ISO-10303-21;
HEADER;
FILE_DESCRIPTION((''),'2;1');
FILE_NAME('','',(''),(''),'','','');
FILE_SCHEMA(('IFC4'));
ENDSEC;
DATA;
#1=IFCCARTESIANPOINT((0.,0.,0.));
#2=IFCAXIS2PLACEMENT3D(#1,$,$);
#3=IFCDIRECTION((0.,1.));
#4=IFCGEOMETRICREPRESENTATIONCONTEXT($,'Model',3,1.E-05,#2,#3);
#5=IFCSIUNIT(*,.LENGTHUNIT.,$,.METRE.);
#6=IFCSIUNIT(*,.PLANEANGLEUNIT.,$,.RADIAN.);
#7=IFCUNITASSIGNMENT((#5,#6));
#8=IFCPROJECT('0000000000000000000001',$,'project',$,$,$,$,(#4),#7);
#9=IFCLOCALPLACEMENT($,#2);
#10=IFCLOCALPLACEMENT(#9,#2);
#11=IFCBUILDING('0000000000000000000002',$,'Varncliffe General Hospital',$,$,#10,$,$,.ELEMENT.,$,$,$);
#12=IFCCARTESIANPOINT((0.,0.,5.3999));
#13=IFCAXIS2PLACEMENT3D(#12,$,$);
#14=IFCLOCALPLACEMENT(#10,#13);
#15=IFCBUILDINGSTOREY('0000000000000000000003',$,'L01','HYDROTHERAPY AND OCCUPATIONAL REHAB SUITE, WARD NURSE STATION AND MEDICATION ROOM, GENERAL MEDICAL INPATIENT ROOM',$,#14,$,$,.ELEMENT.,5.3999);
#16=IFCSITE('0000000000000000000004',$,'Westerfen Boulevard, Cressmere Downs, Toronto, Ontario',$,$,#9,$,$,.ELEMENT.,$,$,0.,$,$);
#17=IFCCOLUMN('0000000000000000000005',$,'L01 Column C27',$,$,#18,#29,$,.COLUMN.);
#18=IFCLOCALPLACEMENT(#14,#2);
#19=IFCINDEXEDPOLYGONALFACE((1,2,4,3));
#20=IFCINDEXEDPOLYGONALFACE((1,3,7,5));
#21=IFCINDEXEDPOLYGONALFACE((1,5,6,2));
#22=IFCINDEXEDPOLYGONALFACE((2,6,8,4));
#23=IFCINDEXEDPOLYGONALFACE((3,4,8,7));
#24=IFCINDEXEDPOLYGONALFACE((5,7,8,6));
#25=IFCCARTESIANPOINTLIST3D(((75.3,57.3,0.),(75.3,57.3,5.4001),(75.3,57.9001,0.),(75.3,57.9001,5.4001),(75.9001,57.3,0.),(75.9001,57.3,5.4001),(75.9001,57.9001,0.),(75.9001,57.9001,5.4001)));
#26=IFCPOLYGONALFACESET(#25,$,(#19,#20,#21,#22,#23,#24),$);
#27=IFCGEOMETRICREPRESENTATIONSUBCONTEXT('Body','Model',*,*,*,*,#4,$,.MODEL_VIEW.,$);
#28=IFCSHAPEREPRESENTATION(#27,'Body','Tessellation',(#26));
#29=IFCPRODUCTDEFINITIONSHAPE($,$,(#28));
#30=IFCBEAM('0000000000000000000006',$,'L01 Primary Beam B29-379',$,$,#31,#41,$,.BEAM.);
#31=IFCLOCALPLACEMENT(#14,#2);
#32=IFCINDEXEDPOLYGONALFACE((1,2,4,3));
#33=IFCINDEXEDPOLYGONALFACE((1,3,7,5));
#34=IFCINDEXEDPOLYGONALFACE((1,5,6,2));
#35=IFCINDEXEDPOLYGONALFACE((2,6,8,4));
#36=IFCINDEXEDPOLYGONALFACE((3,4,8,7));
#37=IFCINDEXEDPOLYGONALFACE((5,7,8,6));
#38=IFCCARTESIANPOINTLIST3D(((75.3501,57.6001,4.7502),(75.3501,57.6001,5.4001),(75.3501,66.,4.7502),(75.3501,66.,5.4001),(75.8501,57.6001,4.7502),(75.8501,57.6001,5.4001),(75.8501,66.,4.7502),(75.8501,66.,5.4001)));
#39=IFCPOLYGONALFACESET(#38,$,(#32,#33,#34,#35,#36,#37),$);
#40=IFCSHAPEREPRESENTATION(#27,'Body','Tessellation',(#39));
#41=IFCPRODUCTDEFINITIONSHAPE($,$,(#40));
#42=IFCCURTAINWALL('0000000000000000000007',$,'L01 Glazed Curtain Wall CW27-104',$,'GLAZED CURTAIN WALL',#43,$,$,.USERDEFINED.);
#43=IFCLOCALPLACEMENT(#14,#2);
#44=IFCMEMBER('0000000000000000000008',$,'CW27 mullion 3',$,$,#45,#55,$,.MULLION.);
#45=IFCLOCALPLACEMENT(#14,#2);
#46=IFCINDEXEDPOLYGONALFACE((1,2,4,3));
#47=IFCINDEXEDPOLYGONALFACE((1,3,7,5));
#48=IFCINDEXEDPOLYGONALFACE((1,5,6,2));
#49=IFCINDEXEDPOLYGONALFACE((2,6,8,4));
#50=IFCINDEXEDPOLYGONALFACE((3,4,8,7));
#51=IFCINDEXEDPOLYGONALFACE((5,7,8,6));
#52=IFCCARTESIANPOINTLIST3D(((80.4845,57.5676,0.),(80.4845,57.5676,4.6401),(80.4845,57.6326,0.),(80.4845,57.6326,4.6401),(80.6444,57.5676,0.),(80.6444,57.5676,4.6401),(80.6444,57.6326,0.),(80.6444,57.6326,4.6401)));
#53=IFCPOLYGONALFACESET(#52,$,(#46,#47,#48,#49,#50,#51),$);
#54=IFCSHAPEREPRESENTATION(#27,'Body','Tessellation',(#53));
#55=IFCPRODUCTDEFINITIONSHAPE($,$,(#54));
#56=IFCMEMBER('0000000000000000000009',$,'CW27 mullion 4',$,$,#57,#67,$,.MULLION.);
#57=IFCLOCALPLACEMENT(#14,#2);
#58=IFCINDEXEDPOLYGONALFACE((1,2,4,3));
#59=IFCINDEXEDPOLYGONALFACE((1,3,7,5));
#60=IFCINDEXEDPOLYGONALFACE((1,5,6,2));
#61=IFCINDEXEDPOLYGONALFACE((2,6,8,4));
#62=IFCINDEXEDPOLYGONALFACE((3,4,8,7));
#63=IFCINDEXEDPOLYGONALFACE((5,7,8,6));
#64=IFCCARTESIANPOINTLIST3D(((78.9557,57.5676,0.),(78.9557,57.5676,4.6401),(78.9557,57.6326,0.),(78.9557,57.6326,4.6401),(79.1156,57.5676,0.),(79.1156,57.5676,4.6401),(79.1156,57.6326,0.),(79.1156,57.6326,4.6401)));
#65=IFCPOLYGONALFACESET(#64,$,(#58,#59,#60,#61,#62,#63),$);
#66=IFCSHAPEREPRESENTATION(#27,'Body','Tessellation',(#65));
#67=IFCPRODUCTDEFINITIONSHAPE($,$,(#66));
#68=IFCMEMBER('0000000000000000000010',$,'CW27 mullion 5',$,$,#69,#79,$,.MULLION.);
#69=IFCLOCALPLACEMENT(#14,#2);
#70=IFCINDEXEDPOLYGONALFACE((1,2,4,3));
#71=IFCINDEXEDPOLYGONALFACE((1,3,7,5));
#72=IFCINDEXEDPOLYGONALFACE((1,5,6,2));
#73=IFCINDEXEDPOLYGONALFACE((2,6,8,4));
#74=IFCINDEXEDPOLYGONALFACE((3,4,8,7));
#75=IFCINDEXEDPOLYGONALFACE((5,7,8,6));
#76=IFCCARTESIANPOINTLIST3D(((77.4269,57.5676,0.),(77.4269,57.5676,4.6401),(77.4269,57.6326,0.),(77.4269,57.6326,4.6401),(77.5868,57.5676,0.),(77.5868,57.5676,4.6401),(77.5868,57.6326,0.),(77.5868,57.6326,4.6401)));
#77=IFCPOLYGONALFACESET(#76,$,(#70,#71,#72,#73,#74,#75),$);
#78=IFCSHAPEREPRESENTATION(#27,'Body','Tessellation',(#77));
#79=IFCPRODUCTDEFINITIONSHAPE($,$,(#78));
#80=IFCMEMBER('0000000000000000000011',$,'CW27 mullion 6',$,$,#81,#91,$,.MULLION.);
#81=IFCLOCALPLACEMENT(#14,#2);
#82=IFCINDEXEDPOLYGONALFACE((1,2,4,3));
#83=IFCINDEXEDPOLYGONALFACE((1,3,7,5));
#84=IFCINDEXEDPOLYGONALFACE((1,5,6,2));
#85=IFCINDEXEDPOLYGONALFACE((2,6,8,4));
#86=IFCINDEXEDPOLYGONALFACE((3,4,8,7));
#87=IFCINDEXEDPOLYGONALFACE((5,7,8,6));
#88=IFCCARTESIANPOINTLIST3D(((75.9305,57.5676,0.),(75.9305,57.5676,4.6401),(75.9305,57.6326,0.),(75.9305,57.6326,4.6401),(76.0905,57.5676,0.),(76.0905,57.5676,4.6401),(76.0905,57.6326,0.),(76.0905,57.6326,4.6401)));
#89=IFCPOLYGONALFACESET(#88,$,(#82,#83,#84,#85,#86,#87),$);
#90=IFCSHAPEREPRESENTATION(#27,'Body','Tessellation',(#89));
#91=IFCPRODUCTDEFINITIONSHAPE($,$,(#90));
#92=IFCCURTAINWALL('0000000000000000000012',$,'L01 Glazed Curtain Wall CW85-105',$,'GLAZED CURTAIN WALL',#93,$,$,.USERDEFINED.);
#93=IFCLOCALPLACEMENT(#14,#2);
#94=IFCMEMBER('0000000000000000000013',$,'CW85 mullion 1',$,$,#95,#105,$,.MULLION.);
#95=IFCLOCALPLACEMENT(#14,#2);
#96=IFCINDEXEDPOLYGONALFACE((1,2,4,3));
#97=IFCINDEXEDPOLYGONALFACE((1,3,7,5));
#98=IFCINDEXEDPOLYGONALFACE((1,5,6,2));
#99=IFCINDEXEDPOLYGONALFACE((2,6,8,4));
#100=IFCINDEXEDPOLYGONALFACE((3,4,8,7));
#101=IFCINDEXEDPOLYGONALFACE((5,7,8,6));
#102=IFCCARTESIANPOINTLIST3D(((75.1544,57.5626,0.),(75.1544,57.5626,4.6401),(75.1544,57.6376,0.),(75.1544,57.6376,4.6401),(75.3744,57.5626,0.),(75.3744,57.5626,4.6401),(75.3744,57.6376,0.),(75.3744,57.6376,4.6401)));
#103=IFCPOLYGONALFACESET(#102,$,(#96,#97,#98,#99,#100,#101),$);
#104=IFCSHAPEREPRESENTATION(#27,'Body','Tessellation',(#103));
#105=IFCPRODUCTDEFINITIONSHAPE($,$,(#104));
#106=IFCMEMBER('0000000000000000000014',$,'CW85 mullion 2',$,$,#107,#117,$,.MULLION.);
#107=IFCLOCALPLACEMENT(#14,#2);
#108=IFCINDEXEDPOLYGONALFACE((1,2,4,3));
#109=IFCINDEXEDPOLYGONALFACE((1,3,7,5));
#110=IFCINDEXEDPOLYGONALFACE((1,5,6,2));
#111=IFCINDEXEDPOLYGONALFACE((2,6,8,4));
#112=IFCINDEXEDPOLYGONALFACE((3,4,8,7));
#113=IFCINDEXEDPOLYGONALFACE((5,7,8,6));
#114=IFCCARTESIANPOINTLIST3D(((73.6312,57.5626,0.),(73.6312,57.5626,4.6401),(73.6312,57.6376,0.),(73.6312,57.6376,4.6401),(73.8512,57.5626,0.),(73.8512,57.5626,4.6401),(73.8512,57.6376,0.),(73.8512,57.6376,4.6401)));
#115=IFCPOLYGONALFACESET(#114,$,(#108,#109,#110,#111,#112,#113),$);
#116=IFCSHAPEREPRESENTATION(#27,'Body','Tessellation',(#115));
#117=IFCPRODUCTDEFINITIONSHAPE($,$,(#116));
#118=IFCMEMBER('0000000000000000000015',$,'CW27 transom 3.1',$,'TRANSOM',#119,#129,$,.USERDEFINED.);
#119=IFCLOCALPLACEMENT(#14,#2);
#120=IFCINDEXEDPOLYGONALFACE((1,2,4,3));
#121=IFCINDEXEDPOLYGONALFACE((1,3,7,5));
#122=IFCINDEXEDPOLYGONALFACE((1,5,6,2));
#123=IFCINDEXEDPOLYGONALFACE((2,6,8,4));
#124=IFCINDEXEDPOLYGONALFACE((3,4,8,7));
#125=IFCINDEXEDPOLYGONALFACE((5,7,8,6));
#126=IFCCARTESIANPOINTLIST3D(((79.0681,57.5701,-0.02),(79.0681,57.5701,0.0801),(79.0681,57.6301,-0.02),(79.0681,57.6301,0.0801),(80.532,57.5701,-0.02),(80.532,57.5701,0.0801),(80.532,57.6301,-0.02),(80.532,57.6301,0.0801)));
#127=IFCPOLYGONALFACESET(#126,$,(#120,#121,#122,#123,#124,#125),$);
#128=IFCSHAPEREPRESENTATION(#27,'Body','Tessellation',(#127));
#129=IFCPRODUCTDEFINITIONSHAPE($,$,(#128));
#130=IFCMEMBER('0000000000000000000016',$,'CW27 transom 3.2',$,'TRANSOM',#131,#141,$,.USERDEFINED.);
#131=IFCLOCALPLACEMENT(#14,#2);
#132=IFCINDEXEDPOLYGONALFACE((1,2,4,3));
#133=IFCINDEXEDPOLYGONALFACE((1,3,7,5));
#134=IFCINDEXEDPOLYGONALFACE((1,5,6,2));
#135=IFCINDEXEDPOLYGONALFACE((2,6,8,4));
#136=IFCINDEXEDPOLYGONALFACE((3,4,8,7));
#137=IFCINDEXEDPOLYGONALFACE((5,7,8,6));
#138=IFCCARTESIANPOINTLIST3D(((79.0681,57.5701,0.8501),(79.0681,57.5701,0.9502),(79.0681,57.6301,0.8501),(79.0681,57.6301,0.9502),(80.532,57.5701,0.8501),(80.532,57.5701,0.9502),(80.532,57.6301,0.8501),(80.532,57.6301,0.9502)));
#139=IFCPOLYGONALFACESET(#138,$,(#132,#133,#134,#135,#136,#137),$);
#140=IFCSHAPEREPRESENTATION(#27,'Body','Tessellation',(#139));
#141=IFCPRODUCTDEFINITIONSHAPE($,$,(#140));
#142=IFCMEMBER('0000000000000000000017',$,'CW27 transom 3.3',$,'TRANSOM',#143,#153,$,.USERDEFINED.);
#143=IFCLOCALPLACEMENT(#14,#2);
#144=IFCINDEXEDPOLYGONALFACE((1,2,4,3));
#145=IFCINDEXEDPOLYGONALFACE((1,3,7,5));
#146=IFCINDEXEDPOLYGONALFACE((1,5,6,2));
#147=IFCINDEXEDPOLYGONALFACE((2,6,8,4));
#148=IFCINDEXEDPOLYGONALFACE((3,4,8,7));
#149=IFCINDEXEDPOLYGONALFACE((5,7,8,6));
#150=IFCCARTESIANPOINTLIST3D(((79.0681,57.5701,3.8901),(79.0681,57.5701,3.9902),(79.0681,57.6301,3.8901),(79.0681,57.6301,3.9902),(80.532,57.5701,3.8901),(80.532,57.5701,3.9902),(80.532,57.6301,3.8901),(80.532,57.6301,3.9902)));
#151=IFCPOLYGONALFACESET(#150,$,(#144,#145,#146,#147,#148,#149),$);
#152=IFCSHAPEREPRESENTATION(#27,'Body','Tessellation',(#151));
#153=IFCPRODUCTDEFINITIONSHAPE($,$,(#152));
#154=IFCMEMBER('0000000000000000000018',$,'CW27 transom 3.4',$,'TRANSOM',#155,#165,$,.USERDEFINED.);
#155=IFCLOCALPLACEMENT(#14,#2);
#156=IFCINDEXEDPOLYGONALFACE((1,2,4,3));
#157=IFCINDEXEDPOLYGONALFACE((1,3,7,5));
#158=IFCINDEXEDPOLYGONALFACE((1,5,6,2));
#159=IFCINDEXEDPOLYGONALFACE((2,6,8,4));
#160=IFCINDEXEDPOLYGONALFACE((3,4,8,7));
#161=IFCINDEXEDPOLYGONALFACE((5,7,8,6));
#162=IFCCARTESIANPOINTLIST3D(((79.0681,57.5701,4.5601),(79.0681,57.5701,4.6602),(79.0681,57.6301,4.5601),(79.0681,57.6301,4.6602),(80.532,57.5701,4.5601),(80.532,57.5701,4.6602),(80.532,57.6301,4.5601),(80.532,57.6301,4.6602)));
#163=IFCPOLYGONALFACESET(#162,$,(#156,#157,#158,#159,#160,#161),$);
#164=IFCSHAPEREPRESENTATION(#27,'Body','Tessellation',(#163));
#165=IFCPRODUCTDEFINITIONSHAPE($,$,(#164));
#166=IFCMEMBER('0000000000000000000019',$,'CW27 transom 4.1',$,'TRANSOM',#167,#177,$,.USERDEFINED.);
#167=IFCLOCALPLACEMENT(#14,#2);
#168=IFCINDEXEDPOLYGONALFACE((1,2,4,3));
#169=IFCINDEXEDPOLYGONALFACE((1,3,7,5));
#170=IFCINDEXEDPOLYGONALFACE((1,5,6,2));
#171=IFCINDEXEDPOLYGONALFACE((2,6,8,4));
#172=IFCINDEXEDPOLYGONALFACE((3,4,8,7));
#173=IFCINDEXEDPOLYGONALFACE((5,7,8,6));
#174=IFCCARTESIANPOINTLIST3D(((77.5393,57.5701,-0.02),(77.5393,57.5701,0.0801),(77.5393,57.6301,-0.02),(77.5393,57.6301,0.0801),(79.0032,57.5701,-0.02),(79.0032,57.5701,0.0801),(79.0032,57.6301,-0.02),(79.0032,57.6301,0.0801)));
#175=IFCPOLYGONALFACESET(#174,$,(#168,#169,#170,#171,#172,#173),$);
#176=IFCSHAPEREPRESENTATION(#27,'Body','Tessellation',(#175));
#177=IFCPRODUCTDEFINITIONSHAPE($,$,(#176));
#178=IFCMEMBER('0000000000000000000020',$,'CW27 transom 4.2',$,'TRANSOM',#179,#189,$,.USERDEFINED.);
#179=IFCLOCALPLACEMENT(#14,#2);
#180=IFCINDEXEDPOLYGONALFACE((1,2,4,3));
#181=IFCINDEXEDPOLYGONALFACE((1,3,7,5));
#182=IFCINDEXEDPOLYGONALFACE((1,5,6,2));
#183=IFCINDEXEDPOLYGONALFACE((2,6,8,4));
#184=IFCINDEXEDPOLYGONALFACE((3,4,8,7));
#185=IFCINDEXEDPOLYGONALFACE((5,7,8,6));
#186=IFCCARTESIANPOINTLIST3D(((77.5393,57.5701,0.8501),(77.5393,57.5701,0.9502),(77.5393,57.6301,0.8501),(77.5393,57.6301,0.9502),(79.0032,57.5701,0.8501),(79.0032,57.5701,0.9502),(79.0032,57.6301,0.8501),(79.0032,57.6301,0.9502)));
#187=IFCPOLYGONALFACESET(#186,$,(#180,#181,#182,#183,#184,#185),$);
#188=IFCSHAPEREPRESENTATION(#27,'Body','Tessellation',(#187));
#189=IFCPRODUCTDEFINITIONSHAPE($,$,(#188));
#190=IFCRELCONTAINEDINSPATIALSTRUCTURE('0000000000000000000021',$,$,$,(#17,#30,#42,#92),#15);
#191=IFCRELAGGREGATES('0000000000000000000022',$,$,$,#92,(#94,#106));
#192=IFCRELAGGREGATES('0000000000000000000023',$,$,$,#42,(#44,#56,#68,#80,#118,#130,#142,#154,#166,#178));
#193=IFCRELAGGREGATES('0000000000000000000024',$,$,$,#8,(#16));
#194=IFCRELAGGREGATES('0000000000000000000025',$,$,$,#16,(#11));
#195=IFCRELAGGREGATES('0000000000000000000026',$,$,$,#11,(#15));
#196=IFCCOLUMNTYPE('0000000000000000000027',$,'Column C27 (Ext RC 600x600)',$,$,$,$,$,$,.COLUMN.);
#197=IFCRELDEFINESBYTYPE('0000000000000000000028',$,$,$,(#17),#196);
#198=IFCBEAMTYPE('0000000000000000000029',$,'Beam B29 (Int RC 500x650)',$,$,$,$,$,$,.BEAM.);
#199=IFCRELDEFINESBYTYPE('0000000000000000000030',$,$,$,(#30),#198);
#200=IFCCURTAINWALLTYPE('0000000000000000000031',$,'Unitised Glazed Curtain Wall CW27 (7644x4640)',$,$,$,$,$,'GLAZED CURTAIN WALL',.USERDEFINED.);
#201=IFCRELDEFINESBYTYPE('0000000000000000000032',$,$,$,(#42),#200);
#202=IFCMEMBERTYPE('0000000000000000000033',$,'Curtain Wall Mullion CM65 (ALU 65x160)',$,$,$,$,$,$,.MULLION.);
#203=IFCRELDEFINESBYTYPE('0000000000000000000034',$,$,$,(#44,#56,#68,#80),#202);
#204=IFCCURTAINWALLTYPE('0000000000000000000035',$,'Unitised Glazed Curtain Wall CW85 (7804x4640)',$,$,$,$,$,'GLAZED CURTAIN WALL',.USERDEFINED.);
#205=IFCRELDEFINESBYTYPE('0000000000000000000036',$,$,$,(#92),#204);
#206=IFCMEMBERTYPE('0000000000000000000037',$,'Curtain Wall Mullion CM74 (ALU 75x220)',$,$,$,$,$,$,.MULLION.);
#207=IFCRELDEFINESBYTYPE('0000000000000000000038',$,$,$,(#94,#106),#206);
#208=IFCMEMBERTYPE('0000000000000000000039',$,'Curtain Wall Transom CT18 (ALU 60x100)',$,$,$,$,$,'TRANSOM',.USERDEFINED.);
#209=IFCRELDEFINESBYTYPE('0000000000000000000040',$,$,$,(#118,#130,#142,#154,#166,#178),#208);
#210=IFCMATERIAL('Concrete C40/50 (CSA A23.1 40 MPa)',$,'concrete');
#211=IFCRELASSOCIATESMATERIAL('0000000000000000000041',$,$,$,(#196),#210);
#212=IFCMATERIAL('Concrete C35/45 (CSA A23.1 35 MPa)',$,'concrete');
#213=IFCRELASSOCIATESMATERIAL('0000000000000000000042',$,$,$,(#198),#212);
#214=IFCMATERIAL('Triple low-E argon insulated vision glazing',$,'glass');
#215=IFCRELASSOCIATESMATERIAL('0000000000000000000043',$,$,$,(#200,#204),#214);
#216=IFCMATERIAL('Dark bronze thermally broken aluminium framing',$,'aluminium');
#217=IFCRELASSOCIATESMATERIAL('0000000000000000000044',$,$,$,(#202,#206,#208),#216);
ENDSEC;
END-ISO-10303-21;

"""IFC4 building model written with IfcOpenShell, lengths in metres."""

from ifc_helpers import new_model, si_unit, direction, frame, origin, origin_2d, place, context, subcontext, project, spatial, rectangle, extrude, material, material_profile, profile_set, type_object, element, aggregate, save


model = new_model("IFC4")

# Units and contexts
model_context = context("Model", 3, precision=1e-05, world=origin(), true_north=direction((0.0, 1.0)))
body_context = subcontext(model_context, "Body", "Model", "MODEL_VIEW")
ifc_project = project(units=[si_unit("LENGTHUNIT", "METRE"), si_unit("PLANEANGLEUNIT", "RADIAN")], contexts=[model_context])

# Site, building, storey
site_placement = place(None, origin())
site = spatial("IfcSite", under=ifc_project, at=site_placement, Name="Westerfen Boulevard, Cressmere Downs, Toronto, Ontario", CompositionType="ELEMENT", RefElevation=0.0)
building_placement = place(site_placement, origin())
building = spatial("IfcBuilding", under=site, at=building_placement, Name="Varncliffe General Hospital", CompositionType="ELEMENT")
storey_placement = place(building_placement, frame((0.0, 0.0, 5.3999)))
storey = spatial("IfcBuildingStorey", under=building, at=storey_placement, Name="L01", Description="HYDROTHERAPY AND OCCUPATIONAL REHAB SUITE, WARD NURSE STATION AND MEDICATION ROOM, GENERAL MEDICAL INPATIENT ROOM", CompositionType="ELEMENT", Elevation=5.3999)

# Column
ifc_material_1 = material(Name="Concrete C40/50 (CSA A23.1 40 MPa)", Category="concrete")
ifc_material_profile_1 = material_profile(ifc_material_1, rectangle(XDim=0.6001, YDim=0.6001, at=origin_2d()), Name="RC 600x600")
ifc_profile_set_1 = profile_set([ifc_material_profile_1], Name="Concrete C40/50 (CSA A23.1 40 MPa)")
column_type = type_object("IfcColumnType", Name="Column C27 (Ext RC 600x600)", PredefinedType="COLUMN", material=ifc_profile_set_1)
column_placement = place(storey_placement, frame((75.6001, 57.6001, 0.0), z_axis=(0.0, 0.0, 1.0), x_axis=(1.0, 0.0, 0.0)))
element("IfcColumn", 1, at=column_placement, inside=storey, type_object=column_type, Name="L01 Column C27", PredefinedType="COLUMN", context=body_context, shape_type="SweptSolid", body=[
    extrude(rectangle(XDim=0.6001, YDim=0.6001, at=origin_2d()), origin(), (0.0, 0.0, 1.0), 5.4001),
])

# Beam
ifc_material_2 = material(Name="Concrete C35/45 (CSA A23.1 35 MPa)", Category="concrete")
ifc_material_profile_2 = material_profile(ifc_material_2, rectangle(XDim=0.5, YDim=0.6499, at=origin_2d()), Name="RC 500x650")
ifc_profile_set_2 = profile_set([ifc_material_profile_2], Name="Concrete C35/45 (CSA A23.1 35 MPa)")
beam_type_1 = type_object("IfcBeamType", Name="Beam B29 (Int RC 500x650)", PredefinedType="BEAM", material=ifc_profile_set_2)
beam_1_placement = place(storey_placement, frame((75.6001, 57.6001, 5.0752), z_axis=(0.0, 1.0, 0.0), x_axis=(-1.0, 0.0, 0.0)))
element("IfcBeam", 2, at=beam_1_placement, inside=storey, type_object=beam_type_1, Name="L01 Primary Beam B29-379", PredefinedType="BEAM", context=body_context, shape_type="SweptSolid", body=[
    extrude(rectangle(XDim=0.5, YDim=0.6499, at=origin_2d()), origin(), (0.0, 0.0, 1.0), 8.3999),
])

# Curtain walls, members
ifc_material_3 = material(Name="Triple low-E argon insulated vision glazing", Category="glass")
curtain_wall_type_1 = type_object("IfcCurtainWallType", Name="Unitised Glazed Curtain Wall CW27 (7644x4640)", ElementType="GLAZED CURTAIN WALL", PredefinedType="USERDEFINED", material=ifc_material_3)
curtain_wall_1_placement = place(storey_placement, origin())
curtain_wall_1 = element("IfcCurtainWall", 3, at=curtain_wall_1_placement, inside=storey, type_object=curtain_wall_type_1, Name="L01 Glazed Curtain Wall CW27-104", ObjectType="GLAZED CURTAIN WALL", PredefinedType="USERDEFINED")
ifc_material_4 = material(Name="Dark bronze thermally broken aluminium framing", Category="aluminium")
ifc_material_profile_3 = material_profile(ifc_material_4, rectangle(XDim=0.0649, YDim=0.1599, at=origin_2d()), Name="ALU 65x160")
ifc_profile_set_3 = profile_set([ifc_material_profile_3], Name="Dark bronze thermally broken aluminium framing")
member_type_1 = type_object("IfcMemberType", Name="Curtain Wall Mullion CM65 (ALU 65x160)", PredefinedType="MULLION", material=ifc_profile_set_3)
member_1_placement = place(storey_placement, frame((80.5645, 57.6001, 0.0), z_axis=(0.0, 0.0, 1.0), x_axis=(0.0, -1.0, 0.0)))
member_1 = element("IfcMember", 4, at=member_1_placement, type_object=member_type_1, Name="CW27 mullion 3", PredefinedType="MULLION", context=body_context, shape_type="SweptSolid", body=[
    extrude(rectangle(XDim=0.0649, YDim=0.1599, at=origin_2d()), origin(), (0.0, 0.0, 1.0), 4.6401),
])
member_2_placement = place(storey_placement, frame((79.0356, 57.6001, 0.0), z_axis=(0.0, 0.0, 1.0), x_axis=(0.0, -1.0, 0.0)))
member_2 = element("IfcMember", 5, at=member_2_placement, type_object=member_type_1, Name="CW27 mullion 4", PredefinedType="MULLION", context=body_context, shape_type="SweptSolid", body=[
    extrude(rectangle(XDim=0.0649, YDim=0.1599, at=origin_2d()), origin(), (0.0, 0.0, 1.0), 4.6401),
])
member_3_placement = place(storey_placement, frame((77.5068, 57.6001, 0.0), z_axis=(0.0, 0.0, 1.0), x_axis=(0.0, -1.0, 0.0)))
member_3 = element("IfcMember", 6, at=member_3_placement, type_object=member_type_1, Name="CW27 mullion 5", PredefinedType="MULLION", context=body_context, shape_type="SweptSolid", body=[
    extrude(rectangle(XDim=0.0649, YDim=0.1599, at=origin_2d()), origin(), (0.0, 0.0, 1.0), 4.6401),
])
member_4_placement = place(storey_placement, frame((76.0105, 57.6001, 0.0), z_axis=(0.0, 0.0, 1.0), x_axis=(0.0, -1.0, 0.0)))
member_4 = element("IfcMember", 7, at=member_4_placement, type_object=member_type_1, Name="CW27 mullion 6", PredefinedType="MULLION", context=body_context, shape_type="SweptSolid", body=[
    extrude(rectangle(XDim=0.0649, YDim=0.1599, at=origin_2d()), origin(), (0.0, 0.0, 1.0), 4.6401),
])
curtain_wall_type_2 = type_object("IfcCurtainWallType", Name="Unitised Glazed Curtain Wall CW85 (7804x4640)", ElementType="GLAZED CURTAIN WALL", PredefinedType="USERDEFINED", material=ifc_material_3)
curtain_wall_2_placement = place(storey_placement, origin())
curtain_wall_2 = element("IfcCurtainWall", 8, at=curtain_wall_2_placement, inside=storey, type_object=curtain_wall_type_2, Name="L01 Glazed Curtain Wall CW85-105", ObjectType="GLAZED CURTAIN WALL", PredefinedType="USERDEFINED")
ifc_material_profile_4 = material_profile(ifc_material_4, rectangle(XDim=0.075, YDim=0.22, at=origin_2d()), Name="ALU 75x220")
ifc_profile_set_4 = profile_set([ifc_material_profile_4], Name="Dark bronze thermally broken aluminium framing")
member_type_2 = type_object("IfcMemberType", Name="Curtain Wall Mullion CM74 (ALU 75x220)", PredefinedType="MULLION", material=ifc_profile_set_4)
member_5_placement = place(storey_placement, frame((75.2644, 57.6001, 0.0), z_axis=(0.0, 0.0, 1.0), x_axis=(0.0, -1.0, 0.0)))
member_5 = element("IfcMember", 9, at=member_5_placement, type_object=member_type_2, Name="CW85 mullion 1", PredefinedType="MULLION", context=body_context, shape_type="SweptSolid", body=[
    extrude(rectangle(XDim=0.075, YDim=0.22, at=origin_2d()), origin(), (0.0, 0.0, 1.0), 4.6401),
])
member_6_placement = place(storey_placement, frame((73.7412, 57.6001, 0.0), z_axis=(0.0, 0.0, 1.0), x_axis=(0.0, -1.0, 0.0)))
member_6 = element("IfcMember", 10, at=member_6_placement, type_object=member_type_2, Name="CW85 mullion 2", PredefinedType="MULLION", context=body_context, shape_type="SweptSolid", body=[
    extrude(rectangle(XDim=0.075, YDim=0.22, at=origin_2d()), origin(), (0.0, 0.0, 1.0), 4.6401),
])

# Members
ifc_material_profile_5 = material_profile(ifc_material_4, rectangle(XDim=0.0601, YDim=0.1001, at=origin_2d()), Name="ALU 60x100")
ifc_profile_set_5 = profile_set([ifc_material_profile_5], Name="Dark bronze thermally broken aluminium framing")
member_type_3 = type_object("IfcMemberType", Name="Curtain Wall Transom CT18 (ALU 60x100)", ElementType="TRANSOM", PredefinedType="USERDEFINED", material=ifc_profile_set_5)
member_7_placement = place(storey_placement, frame((80.532, 57.6001, 0.03), z_axis=(-1.0, 0.0, 0.0), x_axis=(0.0, -1.0, 0.0)))
member_7 = element("IfcMember", 11, at=member_7_placement, type_object=member_type_3, Name="CW27 transom 3.1", ObjectType="TRANSOM", PredefinedType="USERDEFINED", context=body_context, shape_type="SweptSolid", body=[
    extrude(rectangle(XDim=0.0601, YDim=0.1001, at=origin_2d()), origin(), (0.0, 0.0, 1.0), 1.4639),
])
member_8_placement = place(storey_placement, frame((80.532, 57.6001, 0.9001), z_axis=(-1.0, 0.0, 0.0), x_axis=(0.0, -1.0, 0.0)))
member_8 = element("IfcMember", 12, at=member_8_placement, type_object=member_type_3, Name="CW27 transom 3.2", ObjectType="TRANSOM", PredefinedType="USERDEFINED", context=body_context, shape_type="SweptSolid", body=[
    extrude(rectangle(XDim=0.0601, YDim=0.1001, at=origin_2d()), origin(), (0.0, 0.0, 1.0), 1.4639),
])
member_9_placement = place(storey_placement, frame((80.532, 57.6001, 3.9402), z_axis=(-1.0, 0.0, 0.0), x_axis=(0.0, -1.0, 0.0)))
member_9 = element("IfcMember", 13, at=member_9_placement, type_object=member_type_3, Name="CW27 transom 3.3", ObjectType="TRANSOM", PredefinedType="USERDEFINED", context=body_context, shape_type="SweptSolid", body=[
    extrude(rectangle(XDim=0.0601, YDim=0.1001, at=origin_2d()), origin(), (0.0, 0.0, 1.0), 1.4639),
])
member_10_placement = place(storey_placement, frame((80.532, 57.6001, 4.6101), z_axis=(-1.0, 0.0, 0.0), x_axis=(0.0, -1.0, 0.0)))
member_10 = element("IfcMember", 14, at=member_10_placement, type_object=member_type_3, Name="CW27 transom 3.4", ObjectType="TRANSOM", PredefinedType="USERDEFINED", context=body_context, shape_type="SweptSolid", body=[
    extrude(rectangle(XDim=0.0601, YDim=0.1001, at=origin_2d()), origin(), (0.0, 0.0, 1.0), 1.4639),
])
member_11_placement = place(storey_placement, frame((79.0032, 57.6001, 0.03), z_axis=(-1.0, 0.0, 0.0), x_axis=(0.0, -1.0, 0.0)))
member_11 = element("IfcMember", 15, at=member_11_placement, type_object=member_type_3, Name="CW27 transom 4.1", ObjectType="TRANSOM", PredefinedType="USERDEFINED", context=body_context, shape_type="SweptSolid", body=[
    extrude(rectangle(XDim=0.0601, YDim=0.1001, at=origin_2d()), origin(), (0.0, 0.0, 1.0), 1.4639),
])
member_12_placement = place(storey_placement, frame((79.0032, 57.6001, 0.9001), z_axis=(-1.0, 0.0, 0.0), x_axis=(0.0, -1.0, 0.0)))
member_12 = element("IfcMember", 16, at=member_12_placement, type_object=member_type_3, Name="CW27 transom 4.2", ObjectType="TRANSOM", PredefinedType="USERDEFINED", context=body_context, shape_type="SweptSolid", body=[
    extrude(rectangle(XDim=0.0601, YDim=0.1001, at=origin_2d()), origin(), (0.0, 0.0, 1.0), 1.4639),
])

aggregate(curtain_wall_2, [member_5, member_6])
aggregate(curtain_wall_1, [member_1, member_2, member_3, member_4, member_7, member_8, member_9, member_10, member_11, member_12])

save(model, "model.ifc")
